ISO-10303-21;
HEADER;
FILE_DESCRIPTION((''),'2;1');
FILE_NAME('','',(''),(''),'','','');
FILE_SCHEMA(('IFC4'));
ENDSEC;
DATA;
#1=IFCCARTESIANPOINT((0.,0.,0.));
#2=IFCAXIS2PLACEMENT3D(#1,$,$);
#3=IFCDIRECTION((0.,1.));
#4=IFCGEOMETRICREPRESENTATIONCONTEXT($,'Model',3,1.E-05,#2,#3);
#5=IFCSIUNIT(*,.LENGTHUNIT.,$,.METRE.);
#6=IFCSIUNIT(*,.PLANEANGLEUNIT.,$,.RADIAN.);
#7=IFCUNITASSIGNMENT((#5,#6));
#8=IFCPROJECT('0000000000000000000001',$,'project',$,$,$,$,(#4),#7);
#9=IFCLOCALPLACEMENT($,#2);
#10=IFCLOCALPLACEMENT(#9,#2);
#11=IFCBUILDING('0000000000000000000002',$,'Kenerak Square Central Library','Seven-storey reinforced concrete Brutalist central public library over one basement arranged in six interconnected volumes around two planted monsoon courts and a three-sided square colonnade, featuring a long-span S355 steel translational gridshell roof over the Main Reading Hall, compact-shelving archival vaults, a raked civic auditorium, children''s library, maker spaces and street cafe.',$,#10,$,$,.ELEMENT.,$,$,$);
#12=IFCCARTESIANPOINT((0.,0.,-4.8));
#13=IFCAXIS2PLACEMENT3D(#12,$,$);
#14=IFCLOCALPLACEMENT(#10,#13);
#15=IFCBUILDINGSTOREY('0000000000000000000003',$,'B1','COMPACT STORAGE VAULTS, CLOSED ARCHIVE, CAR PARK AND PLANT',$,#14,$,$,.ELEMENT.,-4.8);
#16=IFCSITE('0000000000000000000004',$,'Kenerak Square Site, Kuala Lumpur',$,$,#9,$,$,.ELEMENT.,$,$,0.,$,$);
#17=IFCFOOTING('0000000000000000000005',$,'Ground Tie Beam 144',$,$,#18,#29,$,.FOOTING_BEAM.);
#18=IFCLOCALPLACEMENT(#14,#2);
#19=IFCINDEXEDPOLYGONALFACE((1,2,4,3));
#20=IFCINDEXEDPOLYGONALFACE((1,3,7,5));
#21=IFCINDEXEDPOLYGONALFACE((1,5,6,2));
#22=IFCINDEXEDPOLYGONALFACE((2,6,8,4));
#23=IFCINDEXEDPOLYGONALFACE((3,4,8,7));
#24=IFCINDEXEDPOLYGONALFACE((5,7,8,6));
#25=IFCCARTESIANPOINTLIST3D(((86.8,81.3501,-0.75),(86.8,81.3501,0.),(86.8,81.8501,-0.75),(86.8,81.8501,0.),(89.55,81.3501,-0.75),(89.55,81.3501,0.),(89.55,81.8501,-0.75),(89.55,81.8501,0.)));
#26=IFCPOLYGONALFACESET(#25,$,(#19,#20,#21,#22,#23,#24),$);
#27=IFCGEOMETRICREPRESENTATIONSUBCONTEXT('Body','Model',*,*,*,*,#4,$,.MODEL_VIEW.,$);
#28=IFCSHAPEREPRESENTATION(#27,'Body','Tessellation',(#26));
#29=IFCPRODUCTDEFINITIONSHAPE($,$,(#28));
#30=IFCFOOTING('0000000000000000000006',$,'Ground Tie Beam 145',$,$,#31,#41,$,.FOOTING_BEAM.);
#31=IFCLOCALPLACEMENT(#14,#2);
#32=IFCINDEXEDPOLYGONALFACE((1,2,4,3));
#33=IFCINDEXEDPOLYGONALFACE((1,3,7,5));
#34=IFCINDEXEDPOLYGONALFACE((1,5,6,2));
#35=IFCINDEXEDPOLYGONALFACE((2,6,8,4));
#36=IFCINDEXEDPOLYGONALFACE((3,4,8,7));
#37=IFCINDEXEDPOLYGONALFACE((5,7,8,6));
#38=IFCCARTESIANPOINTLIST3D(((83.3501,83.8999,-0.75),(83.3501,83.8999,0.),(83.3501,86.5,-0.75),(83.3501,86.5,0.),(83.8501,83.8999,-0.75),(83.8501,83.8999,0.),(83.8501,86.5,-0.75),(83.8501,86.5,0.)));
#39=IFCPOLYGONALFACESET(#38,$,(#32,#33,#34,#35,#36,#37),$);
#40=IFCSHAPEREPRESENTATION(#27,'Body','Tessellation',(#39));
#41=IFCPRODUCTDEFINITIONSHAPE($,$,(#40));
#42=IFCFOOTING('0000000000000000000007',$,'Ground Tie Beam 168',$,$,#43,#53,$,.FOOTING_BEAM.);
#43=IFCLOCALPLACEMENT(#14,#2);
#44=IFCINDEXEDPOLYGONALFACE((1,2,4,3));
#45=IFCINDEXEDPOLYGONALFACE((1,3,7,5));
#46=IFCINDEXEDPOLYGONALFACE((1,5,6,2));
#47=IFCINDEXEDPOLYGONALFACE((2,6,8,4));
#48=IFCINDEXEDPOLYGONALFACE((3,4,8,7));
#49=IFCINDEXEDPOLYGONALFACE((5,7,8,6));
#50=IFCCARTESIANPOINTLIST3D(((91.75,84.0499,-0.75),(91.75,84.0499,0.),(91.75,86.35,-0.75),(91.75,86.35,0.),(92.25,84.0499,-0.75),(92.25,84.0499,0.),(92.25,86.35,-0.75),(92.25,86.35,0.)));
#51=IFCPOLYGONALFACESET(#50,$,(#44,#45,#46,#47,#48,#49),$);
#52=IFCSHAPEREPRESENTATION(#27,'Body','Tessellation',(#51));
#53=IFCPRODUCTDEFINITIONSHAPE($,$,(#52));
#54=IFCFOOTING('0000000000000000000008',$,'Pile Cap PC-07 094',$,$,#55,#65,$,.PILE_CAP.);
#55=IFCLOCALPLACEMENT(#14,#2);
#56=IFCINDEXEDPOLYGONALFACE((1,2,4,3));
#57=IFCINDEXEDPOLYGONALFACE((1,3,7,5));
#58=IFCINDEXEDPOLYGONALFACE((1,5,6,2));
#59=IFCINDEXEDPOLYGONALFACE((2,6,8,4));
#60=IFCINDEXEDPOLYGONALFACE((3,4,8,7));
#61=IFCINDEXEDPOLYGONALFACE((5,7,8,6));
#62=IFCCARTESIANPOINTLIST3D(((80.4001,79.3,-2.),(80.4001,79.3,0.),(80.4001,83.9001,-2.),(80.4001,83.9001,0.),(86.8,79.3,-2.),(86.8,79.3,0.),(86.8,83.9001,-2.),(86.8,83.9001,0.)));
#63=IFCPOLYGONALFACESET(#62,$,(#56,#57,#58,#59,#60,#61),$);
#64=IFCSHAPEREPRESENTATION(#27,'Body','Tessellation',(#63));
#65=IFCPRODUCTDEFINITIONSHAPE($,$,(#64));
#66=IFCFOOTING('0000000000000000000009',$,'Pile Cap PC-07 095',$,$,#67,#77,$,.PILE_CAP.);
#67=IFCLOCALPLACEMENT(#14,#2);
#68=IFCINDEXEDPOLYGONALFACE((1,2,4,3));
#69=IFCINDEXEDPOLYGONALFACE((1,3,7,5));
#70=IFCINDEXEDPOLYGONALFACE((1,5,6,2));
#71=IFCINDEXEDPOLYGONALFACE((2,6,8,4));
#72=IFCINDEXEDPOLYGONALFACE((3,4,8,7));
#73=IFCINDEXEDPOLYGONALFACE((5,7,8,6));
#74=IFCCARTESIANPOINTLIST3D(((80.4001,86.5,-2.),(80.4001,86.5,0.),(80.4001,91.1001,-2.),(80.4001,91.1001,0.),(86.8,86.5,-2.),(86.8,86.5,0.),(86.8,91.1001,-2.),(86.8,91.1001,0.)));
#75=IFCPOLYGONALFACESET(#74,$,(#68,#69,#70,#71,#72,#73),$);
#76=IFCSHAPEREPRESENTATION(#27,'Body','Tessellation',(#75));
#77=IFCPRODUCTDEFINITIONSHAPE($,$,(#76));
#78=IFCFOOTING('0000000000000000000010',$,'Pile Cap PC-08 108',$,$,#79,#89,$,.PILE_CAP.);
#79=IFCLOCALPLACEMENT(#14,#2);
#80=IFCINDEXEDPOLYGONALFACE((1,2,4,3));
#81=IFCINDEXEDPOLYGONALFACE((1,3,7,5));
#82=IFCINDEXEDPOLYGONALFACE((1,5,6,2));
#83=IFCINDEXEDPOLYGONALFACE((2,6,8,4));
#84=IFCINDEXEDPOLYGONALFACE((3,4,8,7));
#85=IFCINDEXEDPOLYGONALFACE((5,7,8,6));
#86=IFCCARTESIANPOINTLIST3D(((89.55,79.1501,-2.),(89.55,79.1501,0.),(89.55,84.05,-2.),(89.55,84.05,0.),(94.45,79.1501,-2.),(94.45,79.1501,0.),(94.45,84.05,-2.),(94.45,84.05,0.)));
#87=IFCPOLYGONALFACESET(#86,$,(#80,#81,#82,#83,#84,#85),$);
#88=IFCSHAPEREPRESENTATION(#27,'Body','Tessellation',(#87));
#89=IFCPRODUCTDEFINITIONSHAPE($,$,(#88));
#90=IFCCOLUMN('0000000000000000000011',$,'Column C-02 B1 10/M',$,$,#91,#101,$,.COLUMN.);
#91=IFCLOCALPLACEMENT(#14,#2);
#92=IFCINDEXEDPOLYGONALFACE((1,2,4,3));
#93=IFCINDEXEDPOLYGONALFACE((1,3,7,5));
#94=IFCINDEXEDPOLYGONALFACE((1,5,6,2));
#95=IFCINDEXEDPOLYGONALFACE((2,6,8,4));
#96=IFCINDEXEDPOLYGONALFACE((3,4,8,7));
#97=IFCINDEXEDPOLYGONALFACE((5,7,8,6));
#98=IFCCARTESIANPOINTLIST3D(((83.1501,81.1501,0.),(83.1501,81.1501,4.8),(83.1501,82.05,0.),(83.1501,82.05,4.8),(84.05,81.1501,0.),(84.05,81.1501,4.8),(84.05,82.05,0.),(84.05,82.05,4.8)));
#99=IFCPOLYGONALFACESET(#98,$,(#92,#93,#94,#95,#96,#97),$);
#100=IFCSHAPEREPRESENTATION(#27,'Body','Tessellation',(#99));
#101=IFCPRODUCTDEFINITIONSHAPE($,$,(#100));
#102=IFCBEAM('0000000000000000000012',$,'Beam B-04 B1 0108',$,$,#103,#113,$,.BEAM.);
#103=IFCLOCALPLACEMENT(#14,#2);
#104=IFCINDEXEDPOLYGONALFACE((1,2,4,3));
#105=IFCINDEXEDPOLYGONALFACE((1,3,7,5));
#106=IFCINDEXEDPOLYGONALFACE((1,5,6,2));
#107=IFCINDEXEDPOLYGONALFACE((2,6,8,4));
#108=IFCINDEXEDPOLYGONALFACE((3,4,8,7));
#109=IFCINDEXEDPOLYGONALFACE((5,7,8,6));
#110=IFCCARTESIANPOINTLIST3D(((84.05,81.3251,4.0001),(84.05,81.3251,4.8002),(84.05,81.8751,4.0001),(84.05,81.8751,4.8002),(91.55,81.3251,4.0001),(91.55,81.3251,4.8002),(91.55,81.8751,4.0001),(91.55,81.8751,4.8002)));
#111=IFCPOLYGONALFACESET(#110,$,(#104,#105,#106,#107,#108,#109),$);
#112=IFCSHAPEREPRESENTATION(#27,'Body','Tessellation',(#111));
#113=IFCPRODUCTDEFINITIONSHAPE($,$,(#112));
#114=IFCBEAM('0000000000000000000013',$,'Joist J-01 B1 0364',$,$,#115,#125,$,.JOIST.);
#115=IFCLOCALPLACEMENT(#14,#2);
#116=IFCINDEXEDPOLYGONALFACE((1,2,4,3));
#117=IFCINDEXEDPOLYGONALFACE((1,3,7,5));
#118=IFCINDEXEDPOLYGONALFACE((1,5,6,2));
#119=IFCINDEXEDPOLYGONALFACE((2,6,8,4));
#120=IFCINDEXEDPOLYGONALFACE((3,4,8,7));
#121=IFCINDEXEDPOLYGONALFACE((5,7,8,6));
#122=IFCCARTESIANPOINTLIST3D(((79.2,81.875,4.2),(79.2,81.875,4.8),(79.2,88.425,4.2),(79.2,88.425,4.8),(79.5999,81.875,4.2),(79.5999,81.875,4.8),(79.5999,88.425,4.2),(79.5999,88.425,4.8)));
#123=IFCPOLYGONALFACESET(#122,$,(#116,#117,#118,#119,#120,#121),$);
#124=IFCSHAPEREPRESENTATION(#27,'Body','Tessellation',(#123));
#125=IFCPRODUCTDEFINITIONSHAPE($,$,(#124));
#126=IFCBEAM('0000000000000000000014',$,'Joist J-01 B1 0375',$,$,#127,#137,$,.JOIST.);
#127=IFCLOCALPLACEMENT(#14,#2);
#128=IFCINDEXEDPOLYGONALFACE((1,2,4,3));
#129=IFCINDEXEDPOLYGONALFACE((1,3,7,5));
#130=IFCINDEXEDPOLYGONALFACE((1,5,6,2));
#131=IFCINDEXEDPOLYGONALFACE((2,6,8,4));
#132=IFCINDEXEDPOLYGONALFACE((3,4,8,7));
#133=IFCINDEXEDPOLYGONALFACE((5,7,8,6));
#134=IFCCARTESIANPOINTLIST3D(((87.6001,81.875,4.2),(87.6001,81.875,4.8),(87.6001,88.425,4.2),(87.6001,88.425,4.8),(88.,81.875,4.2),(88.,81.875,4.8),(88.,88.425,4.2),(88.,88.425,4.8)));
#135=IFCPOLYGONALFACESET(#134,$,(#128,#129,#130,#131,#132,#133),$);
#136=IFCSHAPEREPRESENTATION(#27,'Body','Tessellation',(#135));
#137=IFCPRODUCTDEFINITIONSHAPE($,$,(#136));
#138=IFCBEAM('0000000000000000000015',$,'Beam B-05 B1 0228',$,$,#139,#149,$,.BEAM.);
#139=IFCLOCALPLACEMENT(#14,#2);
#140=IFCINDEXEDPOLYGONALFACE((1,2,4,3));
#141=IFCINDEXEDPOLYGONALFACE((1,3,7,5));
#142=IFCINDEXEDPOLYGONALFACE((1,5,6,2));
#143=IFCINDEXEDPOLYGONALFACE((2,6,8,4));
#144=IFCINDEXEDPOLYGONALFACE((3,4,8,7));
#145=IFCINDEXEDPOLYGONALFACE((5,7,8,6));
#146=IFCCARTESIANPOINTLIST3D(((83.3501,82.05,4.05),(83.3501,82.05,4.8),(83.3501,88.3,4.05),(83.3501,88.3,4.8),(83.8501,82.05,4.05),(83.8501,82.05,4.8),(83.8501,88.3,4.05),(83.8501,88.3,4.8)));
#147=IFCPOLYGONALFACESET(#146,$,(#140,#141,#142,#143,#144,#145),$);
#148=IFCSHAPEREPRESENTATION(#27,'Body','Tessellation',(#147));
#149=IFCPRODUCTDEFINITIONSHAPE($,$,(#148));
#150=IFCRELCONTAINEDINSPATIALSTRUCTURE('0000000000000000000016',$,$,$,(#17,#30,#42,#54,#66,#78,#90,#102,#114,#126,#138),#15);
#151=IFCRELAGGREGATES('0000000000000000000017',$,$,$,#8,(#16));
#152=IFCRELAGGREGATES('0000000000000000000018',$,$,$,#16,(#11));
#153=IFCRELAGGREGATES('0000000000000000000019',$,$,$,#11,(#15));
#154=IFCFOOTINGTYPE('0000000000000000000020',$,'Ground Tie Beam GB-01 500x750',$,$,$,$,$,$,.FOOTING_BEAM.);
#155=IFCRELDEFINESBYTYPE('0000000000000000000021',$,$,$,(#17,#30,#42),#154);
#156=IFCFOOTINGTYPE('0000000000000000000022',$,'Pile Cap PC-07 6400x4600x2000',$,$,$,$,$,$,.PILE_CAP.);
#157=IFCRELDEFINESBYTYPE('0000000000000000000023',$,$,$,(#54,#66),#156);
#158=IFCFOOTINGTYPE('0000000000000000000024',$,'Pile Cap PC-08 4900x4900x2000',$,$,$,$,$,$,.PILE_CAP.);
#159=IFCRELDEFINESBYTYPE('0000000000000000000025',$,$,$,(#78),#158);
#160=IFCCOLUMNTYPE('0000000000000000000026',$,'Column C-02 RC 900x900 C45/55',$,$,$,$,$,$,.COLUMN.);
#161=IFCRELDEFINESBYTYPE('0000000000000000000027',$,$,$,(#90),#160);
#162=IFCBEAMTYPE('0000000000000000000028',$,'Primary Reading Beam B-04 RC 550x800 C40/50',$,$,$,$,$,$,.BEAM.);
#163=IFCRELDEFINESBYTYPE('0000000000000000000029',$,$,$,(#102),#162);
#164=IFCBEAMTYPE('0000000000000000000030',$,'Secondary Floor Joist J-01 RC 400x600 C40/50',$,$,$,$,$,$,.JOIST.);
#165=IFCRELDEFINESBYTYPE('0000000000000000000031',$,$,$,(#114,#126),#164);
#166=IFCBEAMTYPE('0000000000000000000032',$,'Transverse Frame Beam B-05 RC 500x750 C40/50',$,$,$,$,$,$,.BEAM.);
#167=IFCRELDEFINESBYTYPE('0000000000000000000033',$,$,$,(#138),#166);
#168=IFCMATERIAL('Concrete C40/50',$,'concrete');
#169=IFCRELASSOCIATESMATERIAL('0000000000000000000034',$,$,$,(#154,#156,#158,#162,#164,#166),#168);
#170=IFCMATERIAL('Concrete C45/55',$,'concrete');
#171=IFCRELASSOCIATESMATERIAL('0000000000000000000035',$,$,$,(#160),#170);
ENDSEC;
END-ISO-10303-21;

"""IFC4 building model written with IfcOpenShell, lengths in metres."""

from ifc_helpers import new_model, si_unit, direction, frame, origin, origin_2d, place, context, subcontext, project, spatial, rectangle, extrude, material, material_profile, profile_set, type_object, element, save


model = new_model("IFC4")

# Units and contexts
model_context = context("Model", 3, precision=1e-05, world=origin(), true_north=direction((0.0, 1.0)))
body_context = subcontext(model_context, "Body", "Model", "MODEL_VIEW")
ifc_project = project(units=[si_unit("LENGTHUNIT", "METRE"), si_unit("PLANEANGLEUNIT", "RADIAN")], contexts=[model_context])

# Site, building, storey
site_placement = place(None, origin())
site = spatial("IfcSite", under=ifc_project, at=site_placement, Name="Kenerak Square Site, Kuala Lumpur", CompositionType="ELEMENT", RefElevation=0.0)
building_placement = place(site_placement, origin())
building = spatial("IfcBuilding", under=site, at=building_placement, Name="Kenerak Square Central Library", Description="Seven-storey reinforced concrete Brutalist central public library over one basement arranged in six interconnected volumes around two planted monsoon courts and a three-sided square colonnade, featuring a long-span S355 steel translational gridshell roof over the Main Reading Hall, compact-shelving archival vaults, a raked civic auditorium, children's library, maker spaces and street cafe.", CompositionType="ELEMENT")
storey_placement = place(building_placement, frame((0.0, 0.0, -4.8)))
storey = spatial("IfcBuildingStorey", under=building, at=storey_placement, Name="B1", Description="COMPACT STORAGE VAULTS, CLOSED ARCHIVE, CAR PARK AND PLANT", CompositionType="ELEMENT", Elevation=-4.8)

# Shared definitions
ifc_material_1 = material(Name="Concrete C40/50", Category="concrete")

# Footings
footing_type_1 = type_object("IfcFootingType", Name="Ground Tie Beam GB-01 500x750", PredefinedType="FOOTING_BEAM", material=ifc_material_1)
footing_1_placement = place(storey_placement, frame((88.175, 81.6001, -0.75), z_axis=(0.0, 0.0, 1.0), x_axis=(1.0, 0.0, 0.0)))
element("IfcFooting", 1, at=footing_1_placement, inside=storey, type_object=footing_type_1, Name="Ground Tie Beam 144", PredefinedType="FOOTING_BEAM", context=body_context, shape_type="SweptSolid", body=[
    extrude(rectangle(XDim=2.75, YDim=0.5, at=origin_2d()), origin(), (0.0, 0.0, 1.0), 0.75),
])
footing_2_placement = place(storey_placement, frame((83.6001, 85.2, -0.75), z_axis=(0.0, 0.0, 1.0), x_axis=(1.0, 0.0, 0.0)))
element("IfcFooting", 2, at=footing_2_placement, inside=storey, type_object=footing_type_1, Name="Ground Tie Beam 145", PredefinedType="FOOTING_BEAM", context=body_context, shape_type="SweptSolid", body=[
    extrude(rectangle(XDim=0.5, YDim=2.6001, at=origin_2d()), origin(), (0.0, 0.0, 1.0), 0.75),
])
footing_3_placement = place(storey_placement, frame((92.0, 85.2, -0.75), z_axis=(0.0, 0.0, 1.0), x_axis=(1.0, 0.0, 0.0)))
element("IfcFooting", 3, at=footing_3_placement, inside=storey, type_object=footing_type_1, Name="Ground Tie Beam 168", PredefinedType="FOOTING_BEAM", context=body_context, shape_type="SweptSolid", body=[
    extrude(rectangle(XDim=0.5, YDim=2.3, at=origin_2d()), origin(), (0.0, 0.0, 1.0), 0.75),
])
footing_type_2 = type_object("IfcFootingType", Name="Pile Cap PC-07 6400x4600x2000", PredefinedType="PILE_CAP", material=ifc_material_1)
for number, where, z_axis, x_axis, name in (
    (4, (83.6001, 81.6001, -2.0), (0.0, 0.0, 1.0), (1.0, 0.0, 0.0), "Pile Cap PC-07 094"),
    (5, (83.6001, 88.8, -2.0), (0.0, 0.0, 1.0), (1.0, 0.0, 0.0), "Pile Cap PC-07 095"),
):
    element("IfcFooting", number, at=place(storey_placement, frame(where, z_axis=z_axis, x_axis=x_axis)), inside=storey, type_object=footing_type_2, Name=name, PredefinedType="PILE_CAP", context=body_context, shape_type="SweptSolid", body=[
        extrude(rectangle(XDim=6.3999, YDim=4.6001, at=origin_2d()), origin(), (0.0, 0.0, 1.0), 2.0),
    ])
footing_type_3 = type_object("IfcFootingType", Name="Pile Cap PC-08 4900x4900x2000", PredefinedType="PILE_CAP", material=ifc_material_1)
footing_4_placement = place(storey_placement, frame((92.0, 81.6001, -2.0), z_axis=(0.0, 0.0, 1.0), x_axis=(1.0, 0.0, 0.0)))
element("IfcFooting", 6, at=footing_4_placement, inside=storey, type_object=footing_type_3, Name="Pile Cap PC-08 108", PredefinedType="PILE_CAP", context=body_context, shape_type="SweptSolid", body=[
    extrude(rectangle(XDim=4.8999, YDim=4.8999, at=origin_2d()), origin(), (0.0, 0.0, 1.0), 2.0),
])

# Column
ifc_material_2 = material(Name="Concrete C45/55", Category="concrete")
ifc_material_profile_1 = material_profile(ifc_material_2, rectangle(XDim=0.8999, YDim=0.8999, at=origin_2d()), Name="RC 900x900")
ifc_profile_set_1 = profile_set([ifc_material_profile_1], Name="Concrete C45/55")
column_type = type_object("IfcColumnType", Name="Column C-02 RC 900x900 C45/55", PredefinedType="COLUMN", material=ifc_profile_set_1)
column_placement = place(storey_placement, frame((83.6001, 81.6001, 0.0), z_axis=(0.0, 0.0, 1.0), x_axis=(1.0, 0.0, 0.0)))
element("IfcColumn", 7, at=column_placement, inside=storey, type_object=column_type, Name="Column C-02 B1 10/M", PredefinedType="COLUMN", context=body_context, shape_type="SweptSolid", body=[
    extrude(rectangle(XDim=0.8999, YDim=0.8999, at=origin_2d()), origin(), (0.0, 0.0, 1.0), 4.8),
])

# Beams
ifc_material_profile_2 = material_profile(ifc_material_1, rectangle(XDim=0.55, YDim=0.8, at=origin_2d()), Name="RC 550x800")
ifc_profile_set_2 = profile_set([ifc_material_profile_2], Name="Concrete C40/50")
beam_type_1 = type_object("IfcBeamType", Name="Primary Reading Beam B-04 RC 550x800 C40/50", PredefinedType="BEAM", material=ifc_profile_set_2)
beam_1_placement = place(storey_placement, frame((84.05, 81.6001, 4.4001), z_axis=(1.0, 0.0, 0.0), x_axis=(0.0, 1.0, 0.0)))
element("IfcBeam", 8, at=beam_1_placement, inside=storey, type_object=beam_type_1, Name="Beam B-04 B1 0108", PredefinedType="BEAM", context=body_context, shape_type="SweptSolid", body=[
    extrude(rectangle(XDim=0.55, YDim=0.8, at=origin_2d()), origin(), (0.0, 0.0, 1.0), 7.5),
])
ifc_material_profile_3 = material_profile(ifc_material_1, rectangle(XDim=0.3999, YDim=0.6001, at=origin_2d()), Name="RC 400x600")
ifc_profile_set_3 = profile_set([ifc_material_profile_3], Name="Concrete C40/50")
beam_type_2 = type_object("IfcBeamType", Name="Secondary Floor Joist J-01 RC 400x600 C40/50", PredefinedType="JOIST", material=ifc_profile_set_3)
for number, where, z_axis, x_axis, name in (
    (9, (79.3999, 81.875, 4.5), (0.0, 1.0, 0.0), (-1.0, 0.0, 0.0), "Joist J-01 B1 0364"),
    (10, (87.8, 81.875, 4.5), (0.0, 1.0, 0.0), (-1.0, 0.0, 0.0), "Joist J-01 B1 0375"),
):
    element("IfcBeam", number, at=place(storey_placement, frame(where, z_axis=z_axis, x_axis=x_axis)), inside=storey, type_object=beam_type_2, Name=name, PredefinedType="JOIST", context=body_context, shape_type="SweptSolid", body=[
        extrude(rectangle(XDim=0.3999, YDim=0.6001, at=origin_2d()), origin(), (0.0, 0.0, 1.0), 6.55),
    ])
ifc_material_profile_4 = material_profile(ifc_material_1, rectangle(XDim=0.5, YDim=0.75, at=origin_2d()), Name="RC 500x750")
ifc_profile_set_4 = profile_set([ifc_material_profile_4], Name="Concrete C40/50")
beam_type_3 = type_object("IfcBeamType", Name="Transverse Frame Beam B-05 RC 500x750 C40/50", PredefinedType="BEAM", material=ifc_profile_set_4)
beam_2_placement = place(storey_placement, frame((83.6001, 82.05, 4.425), z_axis=(0.0, 1.0, 0.0), x_axis=(-1.0, 0.0, 0.0)))
element("IfcBeam", 11, at=beam_2_placement, inside=storey, type_object=beam_type_3, Name="Beam B-05 B1 0228", PredefinedType="BEAM", context=body_context, shape_type="SweptSolid", body=[
    extrude(rectangle(XDim=0.5, YDim=0.75, at=origin_2d()), origin(), (0.0, 0.0, 1.0), 6.25),
])

save(model, "model.ifc")
